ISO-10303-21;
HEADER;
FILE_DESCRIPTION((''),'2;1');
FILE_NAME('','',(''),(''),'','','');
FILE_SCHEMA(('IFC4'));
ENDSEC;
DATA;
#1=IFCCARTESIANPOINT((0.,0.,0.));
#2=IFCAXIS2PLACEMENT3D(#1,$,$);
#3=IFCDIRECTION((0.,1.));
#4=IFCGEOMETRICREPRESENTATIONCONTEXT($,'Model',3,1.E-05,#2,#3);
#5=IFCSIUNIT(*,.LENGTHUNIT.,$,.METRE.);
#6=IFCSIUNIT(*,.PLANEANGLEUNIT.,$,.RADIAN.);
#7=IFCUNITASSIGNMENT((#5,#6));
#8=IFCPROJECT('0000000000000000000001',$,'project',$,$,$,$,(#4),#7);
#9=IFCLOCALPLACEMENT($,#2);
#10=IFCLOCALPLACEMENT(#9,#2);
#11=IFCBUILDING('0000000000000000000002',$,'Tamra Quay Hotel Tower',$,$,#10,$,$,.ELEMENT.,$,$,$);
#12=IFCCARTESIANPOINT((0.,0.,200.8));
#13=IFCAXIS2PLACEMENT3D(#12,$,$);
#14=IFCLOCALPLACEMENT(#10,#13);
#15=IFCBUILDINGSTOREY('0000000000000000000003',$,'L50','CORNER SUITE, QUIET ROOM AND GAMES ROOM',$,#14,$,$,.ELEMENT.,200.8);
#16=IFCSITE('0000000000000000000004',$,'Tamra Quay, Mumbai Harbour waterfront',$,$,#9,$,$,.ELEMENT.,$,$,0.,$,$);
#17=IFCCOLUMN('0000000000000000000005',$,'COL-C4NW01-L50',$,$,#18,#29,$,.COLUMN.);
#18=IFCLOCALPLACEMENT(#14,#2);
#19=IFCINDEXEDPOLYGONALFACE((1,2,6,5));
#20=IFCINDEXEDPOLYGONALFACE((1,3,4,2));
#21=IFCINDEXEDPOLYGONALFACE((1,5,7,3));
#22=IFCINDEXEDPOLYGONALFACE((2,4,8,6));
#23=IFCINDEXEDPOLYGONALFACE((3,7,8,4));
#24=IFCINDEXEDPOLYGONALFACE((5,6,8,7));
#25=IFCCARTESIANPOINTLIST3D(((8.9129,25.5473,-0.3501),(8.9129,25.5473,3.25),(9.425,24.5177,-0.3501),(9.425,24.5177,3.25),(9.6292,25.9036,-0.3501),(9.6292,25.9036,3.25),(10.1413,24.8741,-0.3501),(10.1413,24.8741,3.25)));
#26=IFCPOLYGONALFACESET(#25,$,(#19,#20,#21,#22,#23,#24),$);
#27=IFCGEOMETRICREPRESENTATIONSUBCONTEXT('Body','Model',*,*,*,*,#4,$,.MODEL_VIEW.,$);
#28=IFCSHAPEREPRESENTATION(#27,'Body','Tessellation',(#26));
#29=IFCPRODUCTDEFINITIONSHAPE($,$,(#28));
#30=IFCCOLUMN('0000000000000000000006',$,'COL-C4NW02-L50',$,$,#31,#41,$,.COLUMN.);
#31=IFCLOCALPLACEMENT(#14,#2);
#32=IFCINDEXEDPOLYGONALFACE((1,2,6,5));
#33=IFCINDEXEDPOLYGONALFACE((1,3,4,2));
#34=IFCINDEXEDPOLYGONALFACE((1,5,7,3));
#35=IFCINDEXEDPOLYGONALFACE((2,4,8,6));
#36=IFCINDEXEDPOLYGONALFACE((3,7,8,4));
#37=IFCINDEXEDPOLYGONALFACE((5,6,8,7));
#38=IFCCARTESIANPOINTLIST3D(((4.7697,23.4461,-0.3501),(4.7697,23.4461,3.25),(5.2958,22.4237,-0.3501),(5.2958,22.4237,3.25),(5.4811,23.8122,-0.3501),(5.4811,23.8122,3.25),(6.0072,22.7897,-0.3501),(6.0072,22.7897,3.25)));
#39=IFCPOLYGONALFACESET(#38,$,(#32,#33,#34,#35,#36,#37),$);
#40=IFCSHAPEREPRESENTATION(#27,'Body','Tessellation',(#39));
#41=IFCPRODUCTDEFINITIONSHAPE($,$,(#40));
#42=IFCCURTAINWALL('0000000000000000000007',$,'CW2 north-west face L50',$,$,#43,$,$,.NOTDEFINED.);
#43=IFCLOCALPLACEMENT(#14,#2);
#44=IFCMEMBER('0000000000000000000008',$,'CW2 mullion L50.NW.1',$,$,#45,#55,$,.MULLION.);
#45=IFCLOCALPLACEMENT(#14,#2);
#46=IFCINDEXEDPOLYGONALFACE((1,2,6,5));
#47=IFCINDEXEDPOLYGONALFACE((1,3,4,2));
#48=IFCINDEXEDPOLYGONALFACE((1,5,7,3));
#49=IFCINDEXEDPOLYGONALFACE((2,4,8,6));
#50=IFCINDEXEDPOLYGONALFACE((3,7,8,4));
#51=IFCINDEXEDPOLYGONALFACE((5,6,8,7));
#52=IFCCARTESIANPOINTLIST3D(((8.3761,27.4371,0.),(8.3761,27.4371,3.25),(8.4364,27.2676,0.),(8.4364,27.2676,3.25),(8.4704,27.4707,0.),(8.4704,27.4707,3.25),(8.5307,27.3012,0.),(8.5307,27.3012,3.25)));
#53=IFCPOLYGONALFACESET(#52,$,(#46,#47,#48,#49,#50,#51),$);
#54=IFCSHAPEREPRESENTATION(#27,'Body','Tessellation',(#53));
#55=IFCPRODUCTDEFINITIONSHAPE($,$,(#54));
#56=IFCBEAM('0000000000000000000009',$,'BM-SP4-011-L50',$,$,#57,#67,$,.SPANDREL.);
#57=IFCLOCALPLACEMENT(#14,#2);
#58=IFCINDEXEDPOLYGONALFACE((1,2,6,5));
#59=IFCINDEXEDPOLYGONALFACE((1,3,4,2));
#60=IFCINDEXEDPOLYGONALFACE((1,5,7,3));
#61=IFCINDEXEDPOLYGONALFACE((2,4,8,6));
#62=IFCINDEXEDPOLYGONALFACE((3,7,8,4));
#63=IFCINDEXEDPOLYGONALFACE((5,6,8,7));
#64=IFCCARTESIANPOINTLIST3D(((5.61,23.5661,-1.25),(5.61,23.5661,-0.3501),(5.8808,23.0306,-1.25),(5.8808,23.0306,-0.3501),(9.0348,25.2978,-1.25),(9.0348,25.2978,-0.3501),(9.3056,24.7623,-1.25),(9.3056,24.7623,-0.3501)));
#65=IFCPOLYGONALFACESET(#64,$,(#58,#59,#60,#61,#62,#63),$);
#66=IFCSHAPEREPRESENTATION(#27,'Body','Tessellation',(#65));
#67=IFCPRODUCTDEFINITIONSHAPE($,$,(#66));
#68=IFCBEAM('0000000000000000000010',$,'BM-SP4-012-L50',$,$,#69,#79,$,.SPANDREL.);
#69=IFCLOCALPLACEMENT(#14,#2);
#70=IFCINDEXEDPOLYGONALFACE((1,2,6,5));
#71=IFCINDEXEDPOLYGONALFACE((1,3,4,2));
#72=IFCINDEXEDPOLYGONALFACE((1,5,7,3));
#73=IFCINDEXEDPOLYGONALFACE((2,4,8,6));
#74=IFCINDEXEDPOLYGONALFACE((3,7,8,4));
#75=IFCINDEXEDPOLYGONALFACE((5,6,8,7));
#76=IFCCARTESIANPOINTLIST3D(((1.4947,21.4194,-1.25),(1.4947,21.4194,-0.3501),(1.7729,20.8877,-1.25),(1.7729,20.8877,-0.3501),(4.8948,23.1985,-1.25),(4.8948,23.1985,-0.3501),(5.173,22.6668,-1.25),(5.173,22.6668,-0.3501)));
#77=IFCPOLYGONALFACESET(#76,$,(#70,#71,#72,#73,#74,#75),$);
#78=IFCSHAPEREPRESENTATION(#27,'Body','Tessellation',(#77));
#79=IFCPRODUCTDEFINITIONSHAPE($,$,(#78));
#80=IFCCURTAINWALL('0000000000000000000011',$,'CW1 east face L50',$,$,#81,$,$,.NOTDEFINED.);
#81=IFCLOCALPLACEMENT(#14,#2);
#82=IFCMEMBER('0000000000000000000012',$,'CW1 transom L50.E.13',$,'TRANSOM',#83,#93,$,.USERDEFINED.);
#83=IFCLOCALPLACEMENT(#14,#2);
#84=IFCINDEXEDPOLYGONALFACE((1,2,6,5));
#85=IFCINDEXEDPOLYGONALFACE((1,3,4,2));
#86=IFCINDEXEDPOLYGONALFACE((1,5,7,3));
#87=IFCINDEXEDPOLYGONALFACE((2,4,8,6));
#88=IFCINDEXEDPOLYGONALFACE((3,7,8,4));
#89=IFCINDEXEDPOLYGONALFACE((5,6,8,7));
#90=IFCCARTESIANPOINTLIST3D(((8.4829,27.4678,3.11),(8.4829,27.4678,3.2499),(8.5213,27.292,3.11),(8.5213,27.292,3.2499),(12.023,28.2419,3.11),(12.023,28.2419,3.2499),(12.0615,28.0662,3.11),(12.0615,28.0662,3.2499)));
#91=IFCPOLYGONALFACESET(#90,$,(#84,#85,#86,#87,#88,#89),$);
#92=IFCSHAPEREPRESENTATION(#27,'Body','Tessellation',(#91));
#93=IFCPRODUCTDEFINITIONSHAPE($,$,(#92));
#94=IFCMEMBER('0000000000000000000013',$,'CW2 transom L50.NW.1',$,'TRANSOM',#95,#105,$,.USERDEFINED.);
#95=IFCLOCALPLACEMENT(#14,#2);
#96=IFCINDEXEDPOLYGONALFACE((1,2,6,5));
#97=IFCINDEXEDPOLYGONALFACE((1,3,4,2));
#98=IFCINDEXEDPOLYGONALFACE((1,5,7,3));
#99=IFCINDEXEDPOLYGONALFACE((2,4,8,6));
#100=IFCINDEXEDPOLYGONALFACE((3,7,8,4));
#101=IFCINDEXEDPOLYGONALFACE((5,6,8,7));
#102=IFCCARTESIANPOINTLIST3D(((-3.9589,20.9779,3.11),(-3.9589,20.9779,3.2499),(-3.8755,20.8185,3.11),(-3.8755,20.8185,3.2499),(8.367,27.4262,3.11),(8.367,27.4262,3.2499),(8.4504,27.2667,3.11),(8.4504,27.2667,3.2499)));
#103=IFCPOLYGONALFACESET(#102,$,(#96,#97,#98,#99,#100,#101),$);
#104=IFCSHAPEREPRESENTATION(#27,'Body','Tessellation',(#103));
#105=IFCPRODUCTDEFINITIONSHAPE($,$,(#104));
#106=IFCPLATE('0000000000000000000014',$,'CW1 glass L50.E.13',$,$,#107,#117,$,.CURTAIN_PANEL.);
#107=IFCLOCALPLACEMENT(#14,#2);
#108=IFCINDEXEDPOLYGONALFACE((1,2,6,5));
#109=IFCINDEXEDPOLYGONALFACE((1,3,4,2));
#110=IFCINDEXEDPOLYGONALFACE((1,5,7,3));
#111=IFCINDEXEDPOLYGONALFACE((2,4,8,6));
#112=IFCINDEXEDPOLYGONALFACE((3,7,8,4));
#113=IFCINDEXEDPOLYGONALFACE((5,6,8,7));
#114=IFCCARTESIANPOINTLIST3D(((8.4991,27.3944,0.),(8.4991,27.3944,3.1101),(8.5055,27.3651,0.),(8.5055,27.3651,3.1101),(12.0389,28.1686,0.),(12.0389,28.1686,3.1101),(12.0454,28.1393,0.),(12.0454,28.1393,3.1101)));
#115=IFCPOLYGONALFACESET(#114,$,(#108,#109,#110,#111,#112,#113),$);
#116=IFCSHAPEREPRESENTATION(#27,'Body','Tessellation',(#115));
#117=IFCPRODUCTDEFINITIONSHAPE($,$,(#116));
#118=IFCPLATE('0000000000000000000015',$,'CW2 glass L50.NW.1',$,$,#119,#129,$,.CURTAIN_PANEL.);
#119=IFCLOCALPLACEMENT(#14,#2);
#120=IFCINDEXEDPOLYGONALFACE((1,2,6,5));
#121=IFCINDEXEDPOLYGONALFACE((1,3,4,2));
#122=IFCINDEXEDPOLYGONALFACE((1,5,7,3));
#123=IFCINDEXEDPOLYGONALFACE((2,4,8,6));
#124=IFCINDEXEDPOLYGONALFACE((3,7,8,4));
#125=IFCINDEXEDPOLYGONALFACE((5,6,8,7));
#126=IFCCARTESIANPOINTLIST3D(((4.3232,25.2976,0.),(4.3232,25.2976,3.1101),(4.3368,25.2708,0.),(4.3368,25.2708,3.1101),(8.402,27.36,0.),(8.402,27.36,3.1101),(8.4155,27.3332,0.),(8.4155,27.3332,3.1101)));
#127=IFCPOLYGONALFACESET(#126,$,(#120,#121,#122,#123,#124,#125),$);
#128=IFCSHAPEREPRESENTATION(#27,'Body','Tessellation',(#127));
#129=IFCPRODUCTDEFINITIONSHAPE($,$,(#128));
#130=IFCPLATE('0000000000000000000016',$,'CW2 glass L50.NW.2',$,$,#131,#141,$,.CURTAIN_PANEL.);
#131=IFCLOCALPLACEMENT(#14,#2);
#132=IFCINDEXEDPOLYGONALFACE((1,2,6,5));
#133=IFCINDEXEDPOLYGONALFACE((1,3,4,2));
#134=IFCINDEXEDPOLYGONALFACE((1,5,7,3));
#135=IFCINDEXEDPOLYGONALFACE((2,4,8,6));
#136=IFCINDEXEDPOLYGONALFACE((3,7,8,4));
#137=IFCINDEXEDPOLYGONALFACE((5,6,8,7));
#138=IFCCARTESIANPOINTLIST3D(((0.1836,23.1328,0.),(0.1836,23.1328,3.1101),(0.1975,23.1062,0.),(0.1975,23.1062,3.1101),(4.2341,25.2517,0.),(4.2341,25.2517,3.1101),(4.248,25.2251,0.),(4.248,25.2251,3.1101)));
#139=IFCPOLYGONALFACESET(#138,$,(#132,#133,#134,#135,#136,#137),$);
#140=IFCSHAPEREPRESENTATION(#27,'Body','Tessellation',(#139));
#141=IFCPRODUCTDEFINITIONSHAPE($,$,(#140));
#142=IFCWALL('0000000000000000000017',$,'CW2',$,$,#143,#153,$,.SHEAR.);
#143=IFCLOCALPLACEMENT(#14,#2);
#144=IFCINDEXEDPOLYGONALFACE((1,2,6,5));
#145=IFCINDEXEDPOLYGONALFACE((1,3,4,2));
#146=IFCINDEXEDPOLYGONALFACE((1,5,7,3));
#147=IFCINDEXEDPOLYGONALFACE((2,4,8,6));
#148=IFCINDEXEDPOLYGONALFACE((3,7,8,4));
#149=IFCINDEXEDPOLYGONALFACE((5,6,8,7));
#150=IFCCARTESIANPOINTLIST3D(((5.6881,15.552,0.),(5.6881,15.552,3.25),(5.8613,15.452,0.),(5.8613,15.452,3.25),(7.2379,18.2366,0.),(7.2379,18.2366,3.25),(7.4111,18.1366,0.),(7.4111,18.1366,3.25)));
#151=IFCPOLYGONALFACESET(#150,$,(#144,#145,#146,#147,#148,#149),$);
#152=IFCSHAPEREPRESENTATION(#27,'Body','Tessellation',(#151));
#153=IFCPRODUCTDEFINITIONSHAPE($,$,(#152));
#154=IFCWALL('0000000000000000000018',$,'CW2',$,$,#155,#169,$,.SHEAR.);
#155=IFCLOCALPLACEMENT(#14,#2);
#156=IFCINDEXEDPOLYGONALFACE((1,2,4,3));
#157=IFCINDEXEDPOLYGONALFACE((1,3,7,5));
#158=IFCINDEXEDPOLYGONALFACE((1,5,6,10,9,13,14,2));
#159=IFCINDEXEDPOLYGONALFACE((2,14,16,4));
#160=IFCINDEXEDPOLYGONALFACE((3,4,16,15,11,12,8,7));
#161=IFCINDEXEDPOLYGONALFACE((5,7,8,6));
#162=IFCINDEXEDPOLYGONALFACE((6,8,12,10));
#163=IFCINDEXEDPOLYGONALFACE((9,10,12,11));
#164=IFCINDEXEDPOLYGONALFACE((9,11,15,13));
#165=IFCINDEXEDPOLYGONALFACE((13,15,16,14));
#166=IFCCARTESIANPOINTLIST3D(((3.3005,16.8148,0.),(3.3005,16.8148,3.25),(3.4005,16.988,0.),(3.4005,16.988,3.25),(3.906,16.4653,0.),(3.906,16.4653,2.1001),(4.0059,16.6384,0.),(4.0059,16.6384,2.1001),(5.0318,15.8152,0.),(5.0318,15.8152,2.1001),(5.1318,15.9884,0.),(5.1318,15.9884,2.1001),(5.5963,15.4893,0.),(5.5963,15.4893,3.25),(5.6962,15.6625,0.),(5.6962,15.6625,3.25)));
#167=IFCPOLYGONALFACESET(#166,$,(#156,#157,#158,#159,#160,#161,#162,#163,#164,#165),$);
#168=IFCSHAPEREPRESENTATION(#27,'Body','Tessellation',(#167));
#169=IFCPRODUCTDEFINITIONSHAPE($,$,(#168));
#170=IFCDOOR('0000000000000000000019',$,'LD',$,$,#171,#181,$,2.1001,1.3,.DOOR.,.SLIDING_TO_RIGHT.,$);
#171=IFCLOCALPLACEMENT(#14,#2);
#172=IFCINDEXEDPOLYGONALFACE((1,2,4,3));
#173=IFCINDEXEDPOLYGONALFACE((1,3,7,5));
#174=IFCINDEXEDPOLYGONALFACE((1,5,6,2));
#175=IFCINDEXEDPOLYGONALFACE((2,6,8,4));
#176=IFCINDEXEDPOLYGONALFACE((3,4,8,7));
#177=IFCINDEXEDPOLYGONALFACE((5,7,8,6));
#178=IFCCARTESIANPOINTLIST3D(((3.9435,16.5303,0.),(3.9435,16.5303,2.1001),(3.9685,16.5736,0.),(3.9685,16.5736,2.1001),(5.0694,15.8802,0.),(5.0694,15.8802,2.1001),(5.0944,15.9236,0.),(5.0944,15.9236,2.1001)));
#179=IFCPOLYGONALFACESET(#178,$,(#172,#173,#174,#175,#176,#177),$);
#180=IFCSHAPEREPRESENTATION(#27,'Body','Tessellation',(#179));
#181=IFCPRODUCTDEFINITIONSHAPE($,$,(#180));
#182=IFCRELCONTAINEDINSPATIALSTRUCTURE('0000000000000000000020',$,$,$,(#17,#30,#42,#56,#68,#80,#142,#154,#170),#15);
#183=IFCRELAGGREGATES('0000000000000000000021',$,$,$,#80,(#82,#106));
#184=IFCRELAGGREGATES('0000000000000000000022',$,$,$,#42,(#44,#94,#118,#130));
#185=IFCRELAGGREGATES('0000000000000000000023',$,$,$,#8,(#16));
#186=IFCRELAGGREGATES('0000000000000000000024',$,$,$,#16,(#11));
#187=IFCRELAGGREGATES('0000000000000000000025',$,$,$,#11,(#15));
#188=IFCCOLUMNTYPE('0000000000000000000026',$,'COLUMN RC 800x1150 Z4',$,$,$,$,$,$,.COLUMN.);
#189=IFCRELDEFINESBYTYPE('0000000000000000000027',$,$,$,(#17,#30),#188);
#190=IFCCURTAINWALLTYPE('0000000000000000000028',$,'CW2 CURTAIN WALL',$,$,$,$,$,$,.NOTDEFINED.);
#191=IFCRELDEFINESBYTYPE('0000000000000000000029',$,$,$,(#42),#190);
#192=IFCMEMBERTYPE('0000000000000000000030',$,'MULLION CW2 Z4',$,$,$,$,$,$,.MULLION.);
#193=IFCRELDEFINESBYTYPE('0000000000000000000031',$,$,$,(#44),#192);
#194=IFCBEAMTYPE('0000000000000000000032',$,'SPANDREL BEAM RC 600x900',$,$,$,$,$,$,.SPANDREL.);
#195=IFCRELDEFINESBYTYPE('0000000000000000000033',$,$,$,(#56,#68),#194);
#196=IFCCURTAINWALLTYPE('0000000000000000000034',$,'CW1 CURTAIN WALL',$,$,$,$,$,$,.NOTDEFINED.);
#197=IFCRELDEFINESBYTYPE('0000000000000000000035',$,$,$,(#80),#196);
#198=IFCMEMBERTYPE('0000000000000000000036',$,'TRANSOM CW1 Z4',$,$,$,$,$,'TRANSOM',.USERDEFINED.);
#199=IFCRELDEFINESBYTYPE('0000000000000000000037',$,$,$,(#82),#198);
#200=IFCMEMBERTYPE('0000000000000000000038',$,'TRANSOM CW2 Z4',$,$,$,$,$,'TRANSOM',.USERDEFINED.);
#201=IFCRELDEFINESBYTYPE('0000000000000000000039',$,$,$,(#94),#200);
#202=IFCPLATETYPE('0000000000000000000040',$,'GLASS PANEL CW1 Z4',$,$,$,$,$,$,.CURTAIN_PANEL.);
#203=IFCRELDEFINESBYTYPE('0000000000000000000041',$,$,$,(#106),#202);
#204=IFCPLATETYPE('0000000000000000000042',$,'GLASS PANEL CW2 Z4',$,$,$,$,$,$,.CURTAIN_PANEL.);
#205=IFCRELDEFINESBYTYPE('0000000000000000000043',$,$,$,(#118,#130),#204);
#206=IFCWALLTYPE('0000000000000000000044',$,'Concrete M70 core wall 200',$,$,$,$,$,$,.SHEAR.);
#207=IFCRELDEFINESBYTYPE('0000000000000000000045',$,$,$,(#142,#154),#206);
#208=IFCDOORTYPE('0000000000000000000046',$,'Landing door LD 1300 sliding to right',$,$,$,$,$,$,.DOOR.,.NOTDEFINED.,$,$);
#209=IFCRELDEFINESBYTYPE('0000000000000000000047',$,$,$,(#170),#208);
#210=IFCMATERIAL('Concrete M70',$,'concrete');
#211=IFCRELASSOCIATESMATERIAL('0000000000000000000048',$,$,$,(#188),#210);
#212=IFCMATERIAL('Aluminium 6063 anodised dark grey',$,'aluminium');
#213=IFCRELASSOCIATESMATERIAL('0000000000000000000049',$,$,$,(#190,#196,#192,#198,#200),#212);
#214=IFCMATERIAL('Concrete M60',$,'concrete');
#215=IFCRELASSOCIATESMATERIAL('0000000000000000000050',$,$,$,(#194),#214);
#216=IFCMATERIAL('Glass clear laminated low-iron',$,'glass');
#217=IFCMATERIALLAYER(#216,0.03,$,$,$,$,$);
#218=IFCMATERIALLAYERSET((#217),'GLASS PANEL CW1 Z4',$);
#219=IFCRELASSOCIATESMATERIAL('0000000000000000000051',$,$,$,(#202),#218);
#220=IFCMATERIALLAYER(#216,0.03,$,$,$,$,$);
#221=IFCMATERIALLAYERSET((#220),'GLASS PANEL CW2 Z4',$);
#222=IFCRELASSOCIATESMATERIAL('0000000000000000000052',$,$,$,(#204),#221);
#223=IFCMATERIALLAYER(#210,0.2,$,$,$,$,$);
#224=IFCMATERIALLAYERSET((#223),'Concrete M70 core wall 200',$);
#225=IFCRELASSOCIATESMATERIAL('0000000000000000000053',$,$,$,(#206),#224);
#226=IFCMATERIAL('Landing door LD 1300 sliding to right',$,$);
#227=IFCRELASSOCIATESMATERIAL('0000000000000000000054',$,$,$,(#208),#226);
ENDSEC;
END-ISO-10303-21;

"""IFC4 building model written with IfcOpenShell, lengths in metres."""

from ifc_helpers import new_model, si_unit, direction, frame, frame_2d, origin, origin_2d, place, context, subcontext, project, spatial, rectangle, extrude, material, layer, layer_set, material_profile, profile_set, type_object, element, fill, aggregate, save


model = new_model("IFC4")

# Units and contexts
model_context = context("Model", 3, precision=1e-05, world=origin(), true_north=direction((0.0, 1.0)))
body_context = subcontext(model_context, "Body", "Model", "MODEL_VIEW")
ifc_project = project(units=[si_unit("LENGTHUNIT", "METRE"), si_unit("PLANEANGLEUNIT", "RADIAN")], contexts=[model_context])

# Site, building, storey
site_placement = place(None, origin())
site = spatial("IfcSite", under=ifc_project, at=site_placement, Name="Tamra Quay, Mumbai Harbour waterfront", CompositionType="ELEMENT", RefElevation=0.0)
building_placement = place(site_placement, origin())
building = spatial("IfcBuilding", under=site, at=building_placement, Name="Tamra Quay Hotel Tower", CompositionType="ELEMENT")
storey_placement = place(building_placement, frame((0.0, 0.0, 200.8)))
storey = spatial("IfcBuildingStorey", under=building, at=storey_placement, Name="L50", Description="CORNER SUITE, QUIET ROOM AND GAMES ROOM", CompositionType="ELEMENT", Elevation=200.8)

# Columns
ifc_material_1 = material(Name="Concrete M70", Category="concrete")
ifc_material_profile_1 = material_profile(ifc_material_1, rectangle(XDim=1.1499, YDim=0.8, at=origin_2d()), Name="COLUMN RC 800x1150 Z4")
ifc_profile_set_1 = profile_set([ifc_material_profile_1], Name="Concrete M70")
column_type = type_object("IfcColumnType", Name="COLUMN RC 800x1150 Z4", PredefinedType="COLUMN", material=ifc_profile_set_1)
for number, where, z_axis, x_axis, name in (
    (1, (9.5271, 25.2107, -0.3501), (0.0, 0.0, 1.0), (-0.445415, 0.895324, 0.0), "COL-C4NW01-L50"),
    (2, (5.3884, 23.1179, -0.3501), (0.0, 0.0, 1.0), (-0.457548, 0.889185, 0.0), "COL-C4NW02-L50"),
):
    element("IfcColumn", number, at=place(storey_placement, frame(where, z_axis=z_axis, x_axis=x_axis)), inside=storey, type_object=column_type, Name=name, PredefinedType="COLUMN", context=body_context, shape_type="SweptSolid", body=[
        extrude(rectangle(XDim=1.1499, YDim=0.8, at=origin_2d()), origin(), (0.0, 0.0, 1.0), 3.6001),
    ])

# Curtain wall, member
ifc_material_2 = material(Name="Aluminium 6063 anodised dark grey", Category="aluminium")
curtain_wall_type_1 = type_object("IfcCurtainWallType", Name="CW2 CURTAIN WALL", PredefinedType="NOTDEFINED", material=ifc_material_2)
curtain_wall_1_placement = place(storey_placement, origin())
curtain_wall_1 = element("IfcCurtainWall", 3, at=curtain_wall_1_placement, inside=storey, type_object=curtain_wall_type_1, Name="CW2 north-west face L50", PredefinedType="NOTDEFINED")
ifc_material_profile_2 = material_profile(ifc_material_2, rectangle(XDim=0.1799, YDim=0.1001, at=origin_2d()), Name="MULLION 100X180")
ifc_profile_set_2 = profile_set([ifc_material_profile_2], Name="Aluminium 6063 anodised dark grey")
member_type_1 = type_object("IfcMemberType", Name="MULLION CW2 Z4", PredefinedType="MULLION", material=ifc_profile_set_2)
member_1_placement = place(storey_placement, frame((8.4534, 27.3691, 0.0), z_axis=(0.0, 0.0, 1.0), x_axis=(-0.335128, 0.942172, 0.0)))
member_1 = element("IfcMember", 4, at=member_1_placement, type_object=member_type_1, Name="CW2 mullion L50.NW.1", PredefinedType="MULLION", context=body_context, shape_type="SweptSolid", body=[
    extrude(rectangle(XDim=0.1799, YDim=0.1001, at=origin_2d()), origin(), (0.0, 0.0, 1.0), 3.25),
])

# Beams
ifc_material_3 = material(Name="Concrete M60", Category="concrete")
ifc_material_profile_3 = material_profile(ifc_material_3, rectangle(XDim=0.6001, YDim=0.8999, at=origin_2d()), Name="SPANDREL BEAM RC 600x900")
ifc_profile_set_3 = profile_set([ifc_material_profile_3], Name="Concrete M60")
beam_type = type_object("IfcBeamType", Name="SPANDREL BEAM RC 600x900", PredefinedType="SPANDREL", material=ifc_profile_set_3)
beam_1_placement = place(storey_placement, frame((9.1702, 25.03, -0.8), z_axis=(-0.892408, -0.45123, 0.0), x_axis=(0.45123, -0.892408, 0.0)))
element("IfcBeam", 5, at=beam_1_placement, inside=storey, type_object=beam_type, Name="BM-SP4-011-L50", PredefinedType="SPANDREL", context=body_context, shape_type="SweptSolid", body=[
    extrude(rectangle(XDim=0.6001, YDim=0.8999, at=origin_2d()), origin(), (0.0, 0.0, 1.0), 3.8376),
])
beam_2_placement = place(storey_placement, frame((5.0339, 22.9326, -0.8), z_axis=(-0.886043, -0.463603, 0.0), x_axis=(0.463603, -0.886043, 0.0)))
element("IfcBeam", 6, at=beam_2_placement, inside=storey, type_object=beam_type, Name="BM-SP4-012-L50", PredefinedType="SPANDREL", context=body_context, shape_type="SweptSolid", body=[
    extrude(rectangle(XDim=0.6001, YDim=0.8999, at=origin_2d()), origin(), (0.0, 0.0, 1.0), 3.8374),
])

# Curtain wall, member
curtain_wall_type_2 = type_object("IfcCurtainWallType", Name="CW1 CURTAIN WALL", PredefinedType="NOTDEFINED", material=ifc_material_2)
curtain_wall_2_placement = place(storey_placement, origin())
curtain_wall_2 = element("IfcCurtainWall", 7, at=curtain_wall_2_placement, inside=storey, type_object=curtain_wall_type_2, Name="CW1 east face L50", PredefinedType="NOTDEFINED")
ifc_material_profile_4 = material_profile(ifc_material_2, rectangle(XDim=0.1799, YDim=0.1399, at=origin_2d()), Name="TRANSOM 180X140")
ifc_profile_set_4 = profile_set([ifc_material_profile_4], Name="Aluminium 6063 anodised dark grey")
member_type_2 = type_object("IfcMemberType", Name="TRANSOM CW1 Z4", ElementType="TRANSOM", PredefinedType="USERDEFINED", material=ifc_profile_set_4)
member_2_placement = place(storey_placement, frame((12.0422, 28.1541, 3.1799), z_axis=(-0.976912, -0.213641, 0.0), x_axis=(0.213641, -0.976912, 0.0)))
member_2 = element("IfcMember", 8, at=member_2_placement, type_object=member_type_2, Name="CW1 transom L50.E.13", ObjectType="TRANSOM", PredefinedType="USERDEFINED", context=body_context, shape_type="SweptSolid", body=[
    extrude(rectangle(XDim=0.1799, YDim=0.1399, at=origin_2d()), origin(), (0.0, 0.0, 1.0), 3.6238),
])

# Member
ifc_material_profile_5 = material_profile(ifc_material_2, rectangle(XDim=0.1799, YDim=0.1399, at=origin_2d()), Name="TRANSOM 180X140")
ifc_profile_set_5 = profile_set([ifc_material_profile_5], Name="Aluminium 6063 anodised dark grey")
member_type_3 = type_object("IfcMemberType", Name="TRANSOM CW2 Z4", ElementType="TRANSOM", PredefinedType="USERDEFINED", material=ifc_profile_set_5)
member_3_placement = place(storey_placement, frame((8.4087, 27.3464, 3.1799), z_axis=(-0.886074, -0.463545, 0.0), x_axis=(0.463545, -0.886074, 0.0)))
member_3 = element("IfcMember", 9, at=member_3_placement, type_object=member_type_3, Name="CW2 transom L50.NW.1", ObjectType="TRANSOM", PredefinedType="USERDEFINED", context=body_context, shape_type="SweptSolid", body=[
    extrude(rectangle(XDim=0.1799, YDim=0.1399, at=origin_2d()), origin(), (0.0, 0.0, 1.0), 13.9106),
])

# Plates
ifc_material_4 = material(Name="Glass clear laminated low-iron", Category="glass")
ifc_layer_1 = layer(ifc_material_4, 0.03)
ifc_layer_set_1 = layer_set([ifc_layer_1], Name="GLASS PANEL CW1 Z4")
plate_type_1 = type_object("IfcPlateType", Name="GLASS PANEL CW1 Z4", PredefinedType="CURTAIN_PANEL", material=ifc_layer_set_1)
plate_1_placement = place(storey_placement, frame((10.2722, 27.7668, 0.0), z_axis=(0.0, 0.0, 1.0), x_axis=(-0.976906, -0.213669, 0.0)))
plate_1 = element("IfcPlate", 10, at=plate_1_placement, type_object=plate_type_1, Name="CW1 glass L50.E.13", PredefinedType="CURTAIN_PANEL", context=body_context, shape_type="SweptSolid", body=[
    extrude(rectangle(XDim=3.6235, YDim=0.03, at=origin_2d()), origin(), (0.0, 0.0, 1.0), 3.1101),
])
aggregate(curtain_wall_2, [member_2, plate_1])
ifc_layer_2 = layer(ifc_material_4, 0.03)
ifc_layer_set_2 = layer_set([ifc_layer_2], Name="GLASS PANEL CW2 Z4")
plate_type_2 = type_object("IfcPlateType", Name="GLASS PANEL CW2 Z4", PredefinedType="CURTAIN_PANEL", material=ifc_layer_set_2)
plate_2_placement = place(storey_placement, frame((6.3694, 26.3154, 0.0), z_axis=(0.0, 0.0, 1.0), x_axis=(-0.892403, -0.45124, 0.0)))
plate_2 = element("IfcPlate", 11, at=plate_2_placement, type_object=plate_type_2, Name="CW2 glass L50.NW.1", PredefinedType="CURTAIN_PANEL", context=body_context, shape_type="SweptSolid", body=[
    extrude(rectangle(XDim=4.5706, YDim=0.03, at=origin_2d()), origin(), (0.0, 0.0, 1.0), 3.1101),
])
plate_3_placement = place(storey_placement, frame((2.2158, 24.179, 0.0), z_axis=(0.0, 0.0, 1.0), x_axis=(-0.886075, -0.463541, 0.0)))
plate_3 = element("IfcPlate", 12, at=plate_3_placement, type_object=plate_type_2, Name="CW2 glass L50.NW.2", PredefinedType="CURTAIN_PANEL", context=body_context, shape_type="SweptSolid", body=[
    extrude(rectangle(XDim=4.5713, YDim=0.03, at=origin_2d()), origin(), (0.0, 0.0, 1.0), 3.1101),
])
aggregate(curtain_wall_1, [member_1, member_3, plate_2, plate_3])

# Wall
ifc_layer_3 = layer(ifc_material_1, 0.2)
ifc_layer_set_3 = layer_set([ifc_layer_3], Name="Concrete M70 core wall 200")
wall_type_1 = type_object("IfcWallType", Name="Concrete M70 core wall 200", PredefinedType="SHEAR", material=ifc_layer_set_3)
wall_1_placement = place(storey_placement, frame((7.3245, 18.1865, 0.0), z_axis=(0.0, 0.0, 1.0), x_axis=(-0.499968, -0.866044, 0.0)))
element("IfcWall", 13, at=wall_1_placement, inside=storey, type_object=wall_type_1, Name="CW2", PredefinedType="SHEAR", context=body_context, shape_type="SweptSolid", body=[
    extrude(rectangle(XDim=3.0999, YDim=0.2, at=frame_2d((1.5498, 0.0))), origin(), (0.0, 0.0, 1.0), 3.25),
])

# Wall, opening, door
wall_2_placement = place(storey_placement, frame((5.6462, 15.5759, 0.0), z_axis=(0.0, 0.0, 1.0), x_axis=(-0.866018, 0.500012, 0.0)))
wall_2 = element("IfcWall", 14, at=wall_2_placement, inside=storey, type_object=wall_type_1, Name="CW2", PredefinedType="SHEAR", context=body_context, shape_type="SweptSolid", body=[
    extrude(rectangle(XDim=2.6509, YDim=0.2, at=frame_2d((1.3254, 0.0))), origin(), (0.0, 0.0, 1.0), 3.25),
])
opening_1_placement = place(wall_2_placement, frame((0.6519, 0.0, 0.0)))
opening_1 = element("IfcOpeningElement", 15, at=opening_1_placement, cuts=wall_2, PredefinedType="OPENING", context=body_context, shape_type="SweptSolid", body=[
    extrude(rectangle(XDim=1.3, YDim=2.1001, at=frame_2d((0.6499, 1.05))), frame((0.0, 0.1099, 0.0), z_axis=(0.0, -1.0, 0.0), x_axis=(1.0, 0.0, 0.0)), (0.0, 0.0, 1.0), 0.22),
])
ifc_material_5 = material(Name="Landing door LD 1300 sliding to right")
door_type_1 = type_object("IfcDoorType", Name="Landing door LD 1300 sliding to right", OperationType="NOTDEFINED", PredefinedType="DOOR", material=ifc_material_5)
door_1_placement = place(opening_1_placement, origin())
door_1 = element("IfcDoor", 16, at=door_1_placement, inside=storey, type_object=door_type_1, Name="LD", OperationType="SLIDING_TO_RIGHT", OverallHeight=2.1001, OverallWidth=1.3, PredefinedType="DOOR", context=body_context, shape_type="SweptSolid", body=[
    extrude(rectangle(XDim=1.3, YDim=2.1001, at=frame_2d((0.6499, 1.05))), frame((0.0, 0.0249, 0.0), z_axis=(0.0, -1.0, 0.0), x_axis=(1.0, 0.0, 0.0)), (0.0, 0.0, 1.0), 0.05),
])
fill(opening_1, door_1)

save(model, "model.ifc")
